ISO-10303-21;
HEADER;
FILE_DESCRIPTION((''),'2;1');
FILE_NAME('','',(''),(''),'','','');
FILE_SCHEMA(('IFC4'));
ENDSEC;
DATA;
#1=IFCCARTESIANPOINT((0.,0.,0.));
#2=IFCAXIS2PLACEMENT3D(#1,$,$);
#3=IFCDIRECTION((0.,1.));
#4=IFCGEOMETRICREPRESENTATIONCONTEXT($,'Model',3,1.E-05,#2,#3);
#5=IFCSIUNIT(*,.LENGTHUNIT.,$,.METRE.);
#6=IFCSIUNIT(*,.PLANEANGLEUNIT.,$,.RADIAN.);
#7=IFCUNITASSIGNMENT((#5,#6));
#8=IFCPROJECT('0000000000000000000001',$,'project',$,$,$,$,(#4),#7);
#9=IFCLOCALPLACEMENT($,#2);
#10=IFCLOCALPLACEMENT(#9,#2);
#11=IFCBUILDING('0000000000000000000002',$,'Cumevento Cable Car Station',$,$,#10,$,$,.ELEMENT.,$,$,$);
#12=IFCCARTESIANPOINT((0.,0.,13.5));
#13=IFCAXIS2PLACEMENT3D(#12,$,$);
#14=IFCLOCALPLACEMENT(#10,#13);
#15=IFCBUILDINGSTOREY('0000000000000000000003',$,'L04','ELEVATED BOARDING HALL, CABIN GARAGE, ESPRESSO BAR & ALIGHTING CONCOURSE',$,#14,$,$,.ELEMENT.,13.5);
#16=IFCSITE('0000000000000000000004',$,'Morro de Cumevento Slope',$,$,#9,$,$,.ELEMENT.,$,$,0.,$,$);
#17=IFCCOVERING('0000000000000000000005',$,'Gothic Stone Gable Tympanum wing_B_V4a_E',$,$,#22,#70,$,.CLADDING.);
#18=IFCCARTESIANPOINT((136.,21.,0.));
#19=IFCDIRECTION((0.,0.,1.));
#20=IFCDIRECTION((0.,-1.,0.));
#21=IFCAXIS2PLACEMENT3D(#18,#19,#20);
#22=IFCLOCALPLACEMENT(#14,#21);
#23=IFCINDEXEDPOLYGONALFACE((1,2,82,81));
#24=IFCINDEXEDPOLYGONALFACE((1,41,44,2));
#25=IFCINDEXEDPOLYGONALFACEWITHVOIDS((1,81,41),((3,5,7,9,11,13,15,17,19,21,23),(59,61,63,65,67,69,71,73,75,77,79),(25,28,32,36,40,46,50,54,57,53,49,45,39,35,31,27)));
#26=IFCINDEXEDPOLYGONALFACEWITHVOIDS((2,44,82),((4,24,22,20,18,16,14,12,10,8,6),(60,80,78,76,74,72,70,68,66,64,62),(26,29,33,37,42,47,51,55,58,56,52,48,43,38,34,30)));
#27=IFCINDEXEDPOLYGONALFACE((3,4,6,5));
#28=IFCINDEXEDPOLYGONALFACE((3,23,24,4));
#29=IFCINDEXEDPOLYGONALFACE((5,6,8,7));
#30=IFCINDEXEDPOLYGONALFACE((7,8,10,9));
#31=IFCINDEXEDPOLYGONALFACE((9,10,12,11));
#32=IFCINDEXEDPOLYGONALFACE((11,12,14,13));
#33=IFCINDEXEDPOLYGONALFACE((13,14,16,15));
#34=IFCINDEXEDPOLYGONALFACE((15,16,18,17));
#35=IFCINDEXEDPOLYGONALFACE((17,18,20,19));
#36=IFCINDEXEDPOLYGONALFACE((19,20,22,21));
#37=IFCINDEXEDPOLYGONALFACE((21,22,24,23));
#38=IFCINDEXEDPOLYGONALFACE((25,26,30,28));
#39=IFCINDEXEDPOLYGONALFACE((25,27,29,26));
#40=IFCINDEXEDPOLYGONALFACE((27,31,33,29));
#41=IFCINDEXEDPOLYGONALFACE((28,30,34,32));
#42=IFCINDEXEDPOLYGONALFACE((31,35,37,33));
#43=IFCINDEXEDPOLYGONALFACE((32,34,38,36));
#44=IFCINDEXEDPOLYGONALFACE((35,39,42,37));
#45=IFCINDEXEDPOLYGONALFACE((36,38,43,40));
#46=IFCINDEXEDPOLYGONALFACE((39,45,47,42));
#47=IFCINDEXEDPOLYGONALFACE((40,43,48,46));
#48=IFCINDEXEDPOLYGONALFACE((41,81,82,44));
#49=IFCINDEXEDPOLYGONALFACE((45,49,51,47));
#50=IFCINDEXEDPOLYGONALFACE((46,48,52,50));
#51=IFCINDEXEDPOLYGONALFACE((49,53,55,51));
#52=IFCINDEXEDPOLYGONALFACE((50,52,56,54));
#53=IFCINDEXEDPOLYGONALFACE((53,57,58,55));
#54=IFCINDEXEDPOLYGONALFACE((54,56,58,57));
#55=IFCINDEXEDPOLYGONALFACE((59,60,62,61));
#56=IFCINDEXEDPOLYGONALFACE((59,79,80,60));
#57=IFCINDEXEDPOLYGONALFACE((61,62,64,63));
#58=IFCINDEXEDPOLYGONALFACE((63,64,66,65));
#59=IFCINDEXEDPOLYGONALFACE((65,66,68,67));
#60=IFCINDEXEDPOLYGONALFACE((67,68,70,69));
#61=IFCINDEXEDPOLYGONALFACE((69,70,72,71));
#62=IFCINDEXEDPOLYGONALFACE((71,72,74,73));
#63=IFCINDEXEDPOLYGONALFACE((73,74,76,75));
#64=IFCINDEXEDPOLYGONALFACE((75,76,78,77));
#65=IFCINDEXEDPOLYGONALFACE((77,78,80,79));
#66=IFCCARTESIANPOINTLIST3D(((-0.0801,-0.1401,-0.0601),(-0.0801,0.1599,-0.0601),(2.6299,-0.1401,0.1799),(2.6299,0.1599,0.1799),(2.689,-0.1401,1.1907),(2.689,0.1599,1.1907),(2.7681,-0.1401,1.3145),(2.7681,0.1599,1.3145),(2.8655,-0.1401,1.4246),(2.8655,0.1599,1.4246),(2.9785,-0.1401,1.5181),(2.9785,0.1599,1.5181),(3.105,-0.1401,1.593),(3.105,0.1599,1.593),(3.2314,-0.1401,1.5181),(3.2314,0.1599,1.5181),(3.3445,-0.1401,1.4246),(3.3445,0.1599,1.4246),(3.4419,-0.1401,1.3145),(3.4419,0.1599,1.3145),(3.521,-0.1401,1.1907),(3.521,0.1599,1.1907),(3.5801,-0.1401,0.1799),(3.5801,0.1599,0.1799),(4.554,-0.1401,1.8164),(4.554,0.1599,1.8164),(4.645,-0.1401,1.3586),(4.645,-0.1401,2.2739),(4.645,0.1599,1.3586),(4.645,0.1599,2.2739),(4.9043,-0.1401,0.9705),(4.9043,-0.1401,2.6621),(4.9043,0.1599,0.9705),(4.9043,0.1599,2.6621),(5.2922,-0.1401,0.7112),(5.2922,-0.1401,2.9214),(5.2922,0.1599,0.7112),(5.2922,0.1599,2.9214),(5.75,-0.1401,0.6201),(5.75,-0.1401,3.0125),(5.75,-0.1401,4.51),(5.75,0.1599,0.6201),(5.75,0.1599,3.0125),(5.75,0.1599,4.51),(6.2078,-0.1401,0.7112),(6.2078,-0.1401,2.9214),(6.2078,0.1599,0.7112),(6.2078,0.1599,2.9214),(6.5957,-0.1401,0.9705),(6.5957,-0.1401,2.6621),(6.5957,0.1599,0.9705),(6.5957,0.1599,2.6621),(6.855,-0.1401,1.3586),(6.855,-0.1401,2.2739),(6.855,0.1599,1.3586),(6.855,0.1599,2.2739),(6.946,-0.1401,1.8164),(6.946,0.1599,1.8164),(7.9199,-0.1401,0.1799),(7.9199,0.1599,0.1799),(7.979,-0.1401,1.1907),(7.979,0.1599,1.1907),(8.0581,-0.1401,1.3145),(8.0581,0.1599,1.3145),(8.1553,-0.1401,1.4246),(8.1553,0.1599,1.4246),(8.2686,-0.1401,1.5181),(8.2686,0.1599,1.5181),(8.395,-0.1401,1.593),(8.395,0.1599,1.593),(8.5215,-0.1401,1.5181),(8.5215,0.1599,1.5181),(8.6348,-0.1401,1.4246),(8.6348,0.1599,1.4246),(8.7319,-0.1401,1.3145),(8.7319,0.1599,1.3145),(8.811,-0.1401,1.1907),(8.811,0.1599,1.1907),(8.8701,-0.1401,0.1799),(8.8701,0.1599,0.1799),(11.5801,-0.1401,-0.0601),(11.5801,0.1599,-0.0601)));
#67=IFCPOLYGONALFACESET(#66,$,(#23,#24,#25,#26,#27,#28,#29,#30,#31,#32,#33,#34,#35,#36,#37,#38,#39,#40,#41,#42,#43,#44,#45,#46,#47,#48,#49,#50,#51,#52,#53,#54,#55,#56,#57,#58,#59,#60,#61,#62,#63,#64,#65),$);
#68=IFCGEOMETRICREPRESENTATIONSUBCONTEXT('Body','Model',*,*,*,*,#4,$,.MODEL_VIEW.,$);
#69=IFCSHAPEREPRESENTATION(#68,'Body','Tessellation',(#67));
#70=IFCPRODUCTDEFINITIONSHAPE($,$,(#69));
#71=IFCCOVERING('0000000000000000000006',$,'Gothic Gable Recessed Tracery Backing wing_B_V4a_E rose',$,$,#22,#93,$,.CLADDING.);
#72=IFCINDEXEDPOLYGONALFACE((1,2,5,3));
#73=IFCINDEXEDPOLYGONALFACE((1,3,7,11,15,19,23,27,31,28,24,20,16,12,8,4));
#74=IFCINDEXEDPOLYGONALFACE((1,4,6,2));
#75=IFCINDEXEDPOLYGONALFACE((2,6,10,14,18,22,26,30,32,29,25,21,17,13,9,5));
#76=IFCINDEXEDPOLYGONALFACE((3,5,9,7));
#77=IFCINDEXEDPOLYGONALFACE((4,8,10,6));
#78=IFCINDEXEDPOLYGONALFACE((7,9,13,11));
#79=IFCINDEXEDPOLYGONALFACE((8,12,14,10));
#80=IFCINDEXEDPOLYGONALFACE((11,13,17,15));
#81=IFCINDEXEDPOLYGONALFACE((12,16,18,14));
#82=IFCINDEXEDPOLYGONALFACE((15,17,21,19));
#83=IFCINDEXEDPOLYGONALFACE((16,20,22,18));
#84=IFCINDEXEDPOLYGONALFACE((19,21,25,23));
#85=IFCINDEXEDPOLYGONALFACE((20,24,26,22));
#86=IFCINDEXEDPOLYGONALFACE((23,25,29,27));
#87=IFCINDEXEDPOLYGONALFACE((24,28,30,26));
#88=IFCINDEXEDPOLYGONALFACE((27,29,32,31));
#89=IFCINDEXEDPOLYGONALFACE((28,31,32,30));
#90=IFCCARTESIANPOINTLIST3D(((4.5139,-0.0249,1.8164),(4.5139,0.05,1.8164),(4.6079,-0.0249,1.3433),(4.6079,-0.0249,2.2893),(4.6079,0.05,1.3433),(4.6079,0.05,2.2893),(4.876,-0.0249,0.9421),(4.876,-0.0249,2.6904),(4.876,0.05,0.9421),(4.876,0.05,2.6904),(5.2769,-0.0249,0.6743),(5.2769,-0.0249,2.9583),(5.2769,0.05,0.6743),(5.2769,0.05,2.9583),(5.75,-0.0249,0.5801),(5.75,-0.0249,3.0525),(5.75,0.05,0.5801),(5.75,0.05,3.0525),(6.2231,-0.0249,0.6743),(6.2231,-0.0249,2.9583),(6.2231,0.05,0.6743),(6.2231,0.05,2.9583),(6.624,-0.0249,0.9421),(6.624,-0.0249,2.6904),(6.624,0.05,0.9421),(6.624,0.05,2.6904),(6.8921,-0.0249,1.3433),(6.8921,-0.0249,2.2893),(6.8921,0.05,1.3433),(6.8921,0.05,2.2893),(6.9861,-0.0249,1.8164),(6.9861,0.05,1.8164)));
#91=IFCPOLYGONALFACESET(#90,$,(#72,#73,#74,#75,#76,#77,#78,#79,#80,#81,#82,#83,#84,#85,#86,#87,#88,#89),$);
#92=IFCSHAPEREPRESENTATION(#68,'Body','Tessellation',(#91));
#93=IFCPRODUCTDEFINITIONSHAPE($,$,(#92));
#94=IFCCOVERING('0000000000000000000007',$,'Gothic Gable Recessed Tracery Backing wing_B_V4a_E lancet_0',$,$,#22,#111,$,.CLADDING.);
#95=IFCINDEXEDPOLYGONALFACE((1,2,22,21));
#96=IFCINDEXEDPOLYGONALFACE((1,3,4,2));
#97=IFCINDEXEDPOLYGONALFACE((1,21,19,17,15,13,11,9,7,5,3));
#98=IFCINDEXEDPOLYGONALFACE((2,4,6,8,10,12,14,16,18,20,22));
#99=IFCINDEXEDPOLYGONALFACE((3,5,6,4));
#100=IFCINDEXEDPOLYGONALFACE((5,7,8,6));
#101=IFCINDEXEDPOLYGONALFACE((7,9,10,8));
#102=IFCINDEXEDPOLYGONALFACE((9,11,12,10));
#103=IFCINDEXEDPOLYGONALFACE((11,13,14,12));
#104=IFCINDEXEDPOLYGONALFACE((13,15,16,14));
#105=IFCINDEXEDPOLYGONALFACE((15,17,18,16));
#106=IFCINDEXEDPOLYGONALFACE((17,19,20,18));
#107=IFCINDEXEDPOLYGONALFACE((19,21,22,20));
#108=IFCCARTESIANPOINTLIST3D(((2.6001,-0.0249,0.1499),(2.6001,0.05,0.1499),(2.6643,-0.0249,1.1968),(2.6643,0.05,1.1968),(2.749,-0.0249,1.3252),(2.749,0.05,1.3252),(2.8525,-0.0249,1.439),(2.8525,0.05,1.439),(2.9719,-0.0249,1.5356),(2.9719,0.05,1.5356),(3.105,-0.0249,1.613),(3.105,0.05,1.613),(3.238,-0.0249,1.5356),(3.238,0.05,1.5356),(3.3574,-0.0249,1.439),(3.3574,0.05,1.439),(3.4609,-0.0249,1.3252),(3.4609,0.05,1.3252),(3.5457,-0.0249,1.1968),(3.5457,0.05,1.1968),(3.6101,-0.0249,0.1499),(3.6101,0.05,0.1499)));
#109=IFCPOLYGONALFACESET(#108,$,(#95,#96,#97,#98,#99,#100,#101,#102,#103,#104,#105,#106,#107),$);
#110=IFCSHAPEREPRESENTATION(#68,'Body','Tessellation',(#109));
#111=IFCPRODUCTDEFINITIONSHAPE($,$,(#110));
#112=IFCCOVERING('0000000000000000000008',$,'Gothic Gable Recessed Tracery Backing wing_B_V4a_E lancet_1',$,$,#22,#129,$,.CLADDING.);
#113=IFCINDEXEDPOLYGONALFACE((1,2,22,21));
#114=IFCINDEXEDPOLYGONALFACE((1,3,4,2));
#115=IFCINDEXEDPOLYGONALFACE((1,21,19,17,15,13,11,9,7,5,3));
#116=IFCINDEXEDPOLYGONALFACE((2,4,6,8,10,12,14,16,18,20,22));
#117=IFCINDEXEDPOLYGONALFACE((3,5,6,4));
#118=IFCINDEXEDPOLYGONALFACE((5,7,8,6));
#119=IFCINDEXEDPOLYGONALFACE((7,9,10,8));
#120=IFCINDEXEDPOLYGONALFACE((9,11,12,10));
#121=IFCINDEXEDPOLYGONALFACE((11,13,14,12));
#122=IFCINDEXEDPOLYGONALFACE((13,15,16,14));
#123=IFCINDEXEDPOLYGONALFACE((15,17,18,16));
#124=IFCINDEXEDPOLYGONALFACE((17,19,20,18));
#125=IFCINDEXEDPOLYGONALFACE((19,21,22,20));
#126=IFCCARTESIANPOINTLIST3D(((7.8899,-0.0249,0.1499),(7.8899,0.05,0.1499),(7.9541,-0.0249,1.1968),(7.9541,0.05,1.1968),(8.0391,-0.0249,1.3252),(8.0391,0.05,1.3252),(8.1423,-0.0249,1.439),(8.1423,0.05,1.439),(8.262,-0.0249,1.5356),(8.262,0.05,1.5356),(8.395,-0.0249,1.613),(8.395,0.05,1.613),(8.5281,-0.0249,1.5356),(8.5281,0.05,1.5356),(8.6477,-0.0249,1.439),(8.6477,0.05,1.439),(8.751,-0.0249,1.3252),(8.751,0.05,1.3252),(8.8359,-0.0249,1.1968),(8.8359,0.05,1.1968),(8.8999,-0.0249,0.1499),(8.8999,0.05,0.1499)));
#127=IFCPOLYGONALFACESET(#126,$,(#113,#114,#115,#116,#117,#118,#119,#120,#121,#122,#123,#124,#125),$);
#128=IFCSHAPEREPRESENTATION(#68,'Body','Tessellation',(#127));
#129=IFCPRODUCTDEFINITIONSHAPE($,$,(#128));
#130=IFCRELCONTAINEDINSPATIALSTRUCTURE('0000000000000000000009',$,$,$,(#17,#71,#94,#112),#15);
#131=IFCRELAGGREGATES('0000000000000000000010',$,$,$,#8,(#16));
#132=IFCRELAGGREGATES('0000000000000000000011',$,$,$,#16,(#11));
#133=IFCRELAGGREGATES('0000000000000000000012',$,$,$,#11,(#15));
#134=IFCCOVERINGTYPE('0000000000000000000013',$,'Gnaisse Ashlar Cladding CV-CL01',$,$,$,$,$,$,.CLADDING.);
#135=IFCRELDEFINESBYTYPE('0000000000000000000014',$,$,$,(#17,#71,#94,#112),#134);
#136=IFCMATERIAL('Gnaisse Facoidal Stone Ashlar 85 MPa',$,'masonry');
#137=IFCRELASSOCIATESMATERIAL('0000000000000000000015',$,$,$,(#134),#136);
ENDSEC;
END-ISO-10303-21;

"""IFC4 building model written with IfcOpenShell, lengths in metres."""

from ifc_helpers import new_model, si_unit, direction, frame, origin, place, context, subcontext, project, spatial, polyline, outline, extrude, material, type_object, element, save


model = new_model("IFC4")

# Units and contexts
model_context = context("Model", 3, precision=1e-05, world=origin(), true_north=direction((0.0, 1.0)))
body_context = subcontext(model_context, "Body", "Model", "MODEL_VIEW")
ifc_project = project(units=[si_unit("LENGTHUNIT", "METRE"), si_unit("PLANEANGLEUNIT", "RADIAN")], contexts=[model_context])

# Site, building, storey
site_placement = place(None, origin())
site = spatial("IfcSite", under=ifc_project, at=site_placement, Name="Morro de Cumevento Slope", CompositionType="ELEMENT", RefElevation=0.0)
building_placement = place(site_placement, origin())
building = spatial("IfcBuilding", under=site, at=building_placement, Name="Cumevento Cable Car Station", CompositionType="ELEMENT")
storey_placement = place(building_placement, frame((0.0, 0.0, 13.5)))
storey = spatial("IfcBuildingStorey", under=building, at=storey_placement, Name="L04", Description="ELEVATED BOARDING HALL, CABIN GARAGE, ESPRESSO BAR & ALIGHTING CONCOURSE", CompositionType="ELEMENT", Elevation=13.5)

# Coverings
ifc_material_1 = material(Name="Gnaisse Facoidal Stone Ashlar 85 MPa", Category="masonry")
covering_type = type_object("IfcCoveringType", Name="Gnaisse Ashlar Cladding CV-CL01", PredefinedType="CLADDING", material=ifc_material_1)
placement_1 = place(storey_placement, frame((136.0, 21.0, 0.0), z_axis=(0.0, 0.0, 1.0), x_axis=(0.0, -1.0, 0.0)))
element("IfcCovering", 1, at=placement_1, inside=storey, type_object=covering_type, Name="Gothic Stone Gable Tympanum wing_B_V4a_E", PredefinedType="CLADDING", context=body_context, shape_type="SweptSolid", body=[
    extrude(outline(polyline([(-0.0801, -0.0601), (11.5801, -0.0601), (5.75, 4.51), (-0.0801, -0.0601)]), holes=[polyline([(6.946, 1.8164), (6.855, 2.2739), (6.5957, 2.6621), (6.2078, 2.9214), (5.75, 3.0125), (5.2922, 2.9214), (4.9043, 2.6621), (4.645, 2.2739), (4.554, 1.8164), (4.645, 1.3586), (4.9043, 0.9705), (5.2922, 0.7112), (5.75, 0.6201), (6.2078, 0.7112), (6.5957, 0.9705), (6.855, 1.3586), (6.946, 1.8164)]), polyline([(2.6299, 0.1799), (3.5801, 0.1799), (3.521, 1.1907), (3.4419, 1.3145), (3.3445, 1.4246), (3.2314, 1.5181), (3.105, 1.593), (2.9785, 1.5181), (2.8655, 1.4246), (2.7681, 1.3145), (2.689, 1.1907), (2.6299, 0.1799)]), polyline([(7.9199, 0.1799), (8.8701, 0.1799), (8.811, 1.1907), (8.7319, 1.3145), (8.6348, 1.4246), (8.5215, 1.5181), (8.395, 1.593), (8.2686, 1.5181), (8.1553, 1.4246), (8.0581, 1.3145), (7.979, 1.1907), (7.9199, 0.1799)])]), frame((0.0, 0.1599, 0.0), z_axis=(0.0, -1.0, 0.0), x_axis=(1.0, 0.0, 0.0)), (0.0, 0.0, 1.0), 0.3),
])
element("IfcCovering", 2, at=placement_1, inside=storey, type_object=covering_type, Name="Gothic Gable Recessed Tracery Backing wing_B_V4a_E rose", PredefinedType="CLADDING", context=body_context, shape_type="SweptSolid", body=[
    extrude(outline(polyline([(6.9861, 1.8164), (6.8921, 2.2893), (6.624, 2.6904), (6.2231, 2.9583), (5.75, 3.0525), (5.2769, 2.9583), (4.876, 2.6904), (4.6079, 2.2893), (4.5139, 1.8164), (4.6079, 1.3433), (4.876, 0.9421), (5.2769, 0.6743), (5.75, 0.5801), (6.2231, 0.6743), (6.624, 0.9421), (6.8921, 1.3433), (6.9861, 1.8164)])), frame((0.0, 0.05, 0.0), z_axis=(0.0, -1.0, 0.0), x_axis=(1.0, 0.0, 0.0)), (0.0, 0.0, 1.0), 0.075),
])
element("IfcCovering", 3, at=placement_1, inside=storey, type_object=covering_type, Name="Gothic Gable Recessed Tracery Backing wing_B_V4a_E lancet_0", PredefinedType="CLADDING", context=body_context, shape_type="SweptSolid", body=[
    extrude(outline(polyline([(2.6001, 0.1499), (3.6101, 0.1499), (3.5457, 1.1968), (3.4609, 1.3252), (3.3574, 1.439), (3.238, 1.5356), (3.105, 1.613), (2.9719, 1.5356), (2.8525, 1.439), (2.749, 1.3252), (2.6643, 1.1968), (2.6001, 0.1499)])), frame((0.0, 0.05, 0.0), z_axis=(0.0, -1.0, 0.0), x_axis=(1.0, 0.0, 0.0)), (0.0, 0.0, 1.0), 0.075),
])
element("IfcCovering", 4, at=placement_1, inside=storey, type_object=covering_type, Name="Gothic Gable Recessed Tracery Backing wing_B_V4a_E lancet_1", PredefinedType="CLADDING", context=body_context, shape_type="SweptSolid", body=[
    extrude(outline(polyline([(7.8899, 0.1499), (8.8999, 0.1499), (8.8359, 1.1968), (8.751, 1.3252), (8.6477, 1.439), (8.5281, 1.5356), (8.395, 1.613), (8.262, 1.5356), (8.1423, 1.439), (8.0391, 1.3252), (7.9541, 1.1968), (7.8899, 0.1499)])), frame((0.0, 0.05, 0.0), z_axis=(0.0, -1.0, 0.0), x_axis=(1.0, 0.0, 0.0)), (0.0, 0.0, 1.0), 0.075),
])

save(model, "model.ifc")
